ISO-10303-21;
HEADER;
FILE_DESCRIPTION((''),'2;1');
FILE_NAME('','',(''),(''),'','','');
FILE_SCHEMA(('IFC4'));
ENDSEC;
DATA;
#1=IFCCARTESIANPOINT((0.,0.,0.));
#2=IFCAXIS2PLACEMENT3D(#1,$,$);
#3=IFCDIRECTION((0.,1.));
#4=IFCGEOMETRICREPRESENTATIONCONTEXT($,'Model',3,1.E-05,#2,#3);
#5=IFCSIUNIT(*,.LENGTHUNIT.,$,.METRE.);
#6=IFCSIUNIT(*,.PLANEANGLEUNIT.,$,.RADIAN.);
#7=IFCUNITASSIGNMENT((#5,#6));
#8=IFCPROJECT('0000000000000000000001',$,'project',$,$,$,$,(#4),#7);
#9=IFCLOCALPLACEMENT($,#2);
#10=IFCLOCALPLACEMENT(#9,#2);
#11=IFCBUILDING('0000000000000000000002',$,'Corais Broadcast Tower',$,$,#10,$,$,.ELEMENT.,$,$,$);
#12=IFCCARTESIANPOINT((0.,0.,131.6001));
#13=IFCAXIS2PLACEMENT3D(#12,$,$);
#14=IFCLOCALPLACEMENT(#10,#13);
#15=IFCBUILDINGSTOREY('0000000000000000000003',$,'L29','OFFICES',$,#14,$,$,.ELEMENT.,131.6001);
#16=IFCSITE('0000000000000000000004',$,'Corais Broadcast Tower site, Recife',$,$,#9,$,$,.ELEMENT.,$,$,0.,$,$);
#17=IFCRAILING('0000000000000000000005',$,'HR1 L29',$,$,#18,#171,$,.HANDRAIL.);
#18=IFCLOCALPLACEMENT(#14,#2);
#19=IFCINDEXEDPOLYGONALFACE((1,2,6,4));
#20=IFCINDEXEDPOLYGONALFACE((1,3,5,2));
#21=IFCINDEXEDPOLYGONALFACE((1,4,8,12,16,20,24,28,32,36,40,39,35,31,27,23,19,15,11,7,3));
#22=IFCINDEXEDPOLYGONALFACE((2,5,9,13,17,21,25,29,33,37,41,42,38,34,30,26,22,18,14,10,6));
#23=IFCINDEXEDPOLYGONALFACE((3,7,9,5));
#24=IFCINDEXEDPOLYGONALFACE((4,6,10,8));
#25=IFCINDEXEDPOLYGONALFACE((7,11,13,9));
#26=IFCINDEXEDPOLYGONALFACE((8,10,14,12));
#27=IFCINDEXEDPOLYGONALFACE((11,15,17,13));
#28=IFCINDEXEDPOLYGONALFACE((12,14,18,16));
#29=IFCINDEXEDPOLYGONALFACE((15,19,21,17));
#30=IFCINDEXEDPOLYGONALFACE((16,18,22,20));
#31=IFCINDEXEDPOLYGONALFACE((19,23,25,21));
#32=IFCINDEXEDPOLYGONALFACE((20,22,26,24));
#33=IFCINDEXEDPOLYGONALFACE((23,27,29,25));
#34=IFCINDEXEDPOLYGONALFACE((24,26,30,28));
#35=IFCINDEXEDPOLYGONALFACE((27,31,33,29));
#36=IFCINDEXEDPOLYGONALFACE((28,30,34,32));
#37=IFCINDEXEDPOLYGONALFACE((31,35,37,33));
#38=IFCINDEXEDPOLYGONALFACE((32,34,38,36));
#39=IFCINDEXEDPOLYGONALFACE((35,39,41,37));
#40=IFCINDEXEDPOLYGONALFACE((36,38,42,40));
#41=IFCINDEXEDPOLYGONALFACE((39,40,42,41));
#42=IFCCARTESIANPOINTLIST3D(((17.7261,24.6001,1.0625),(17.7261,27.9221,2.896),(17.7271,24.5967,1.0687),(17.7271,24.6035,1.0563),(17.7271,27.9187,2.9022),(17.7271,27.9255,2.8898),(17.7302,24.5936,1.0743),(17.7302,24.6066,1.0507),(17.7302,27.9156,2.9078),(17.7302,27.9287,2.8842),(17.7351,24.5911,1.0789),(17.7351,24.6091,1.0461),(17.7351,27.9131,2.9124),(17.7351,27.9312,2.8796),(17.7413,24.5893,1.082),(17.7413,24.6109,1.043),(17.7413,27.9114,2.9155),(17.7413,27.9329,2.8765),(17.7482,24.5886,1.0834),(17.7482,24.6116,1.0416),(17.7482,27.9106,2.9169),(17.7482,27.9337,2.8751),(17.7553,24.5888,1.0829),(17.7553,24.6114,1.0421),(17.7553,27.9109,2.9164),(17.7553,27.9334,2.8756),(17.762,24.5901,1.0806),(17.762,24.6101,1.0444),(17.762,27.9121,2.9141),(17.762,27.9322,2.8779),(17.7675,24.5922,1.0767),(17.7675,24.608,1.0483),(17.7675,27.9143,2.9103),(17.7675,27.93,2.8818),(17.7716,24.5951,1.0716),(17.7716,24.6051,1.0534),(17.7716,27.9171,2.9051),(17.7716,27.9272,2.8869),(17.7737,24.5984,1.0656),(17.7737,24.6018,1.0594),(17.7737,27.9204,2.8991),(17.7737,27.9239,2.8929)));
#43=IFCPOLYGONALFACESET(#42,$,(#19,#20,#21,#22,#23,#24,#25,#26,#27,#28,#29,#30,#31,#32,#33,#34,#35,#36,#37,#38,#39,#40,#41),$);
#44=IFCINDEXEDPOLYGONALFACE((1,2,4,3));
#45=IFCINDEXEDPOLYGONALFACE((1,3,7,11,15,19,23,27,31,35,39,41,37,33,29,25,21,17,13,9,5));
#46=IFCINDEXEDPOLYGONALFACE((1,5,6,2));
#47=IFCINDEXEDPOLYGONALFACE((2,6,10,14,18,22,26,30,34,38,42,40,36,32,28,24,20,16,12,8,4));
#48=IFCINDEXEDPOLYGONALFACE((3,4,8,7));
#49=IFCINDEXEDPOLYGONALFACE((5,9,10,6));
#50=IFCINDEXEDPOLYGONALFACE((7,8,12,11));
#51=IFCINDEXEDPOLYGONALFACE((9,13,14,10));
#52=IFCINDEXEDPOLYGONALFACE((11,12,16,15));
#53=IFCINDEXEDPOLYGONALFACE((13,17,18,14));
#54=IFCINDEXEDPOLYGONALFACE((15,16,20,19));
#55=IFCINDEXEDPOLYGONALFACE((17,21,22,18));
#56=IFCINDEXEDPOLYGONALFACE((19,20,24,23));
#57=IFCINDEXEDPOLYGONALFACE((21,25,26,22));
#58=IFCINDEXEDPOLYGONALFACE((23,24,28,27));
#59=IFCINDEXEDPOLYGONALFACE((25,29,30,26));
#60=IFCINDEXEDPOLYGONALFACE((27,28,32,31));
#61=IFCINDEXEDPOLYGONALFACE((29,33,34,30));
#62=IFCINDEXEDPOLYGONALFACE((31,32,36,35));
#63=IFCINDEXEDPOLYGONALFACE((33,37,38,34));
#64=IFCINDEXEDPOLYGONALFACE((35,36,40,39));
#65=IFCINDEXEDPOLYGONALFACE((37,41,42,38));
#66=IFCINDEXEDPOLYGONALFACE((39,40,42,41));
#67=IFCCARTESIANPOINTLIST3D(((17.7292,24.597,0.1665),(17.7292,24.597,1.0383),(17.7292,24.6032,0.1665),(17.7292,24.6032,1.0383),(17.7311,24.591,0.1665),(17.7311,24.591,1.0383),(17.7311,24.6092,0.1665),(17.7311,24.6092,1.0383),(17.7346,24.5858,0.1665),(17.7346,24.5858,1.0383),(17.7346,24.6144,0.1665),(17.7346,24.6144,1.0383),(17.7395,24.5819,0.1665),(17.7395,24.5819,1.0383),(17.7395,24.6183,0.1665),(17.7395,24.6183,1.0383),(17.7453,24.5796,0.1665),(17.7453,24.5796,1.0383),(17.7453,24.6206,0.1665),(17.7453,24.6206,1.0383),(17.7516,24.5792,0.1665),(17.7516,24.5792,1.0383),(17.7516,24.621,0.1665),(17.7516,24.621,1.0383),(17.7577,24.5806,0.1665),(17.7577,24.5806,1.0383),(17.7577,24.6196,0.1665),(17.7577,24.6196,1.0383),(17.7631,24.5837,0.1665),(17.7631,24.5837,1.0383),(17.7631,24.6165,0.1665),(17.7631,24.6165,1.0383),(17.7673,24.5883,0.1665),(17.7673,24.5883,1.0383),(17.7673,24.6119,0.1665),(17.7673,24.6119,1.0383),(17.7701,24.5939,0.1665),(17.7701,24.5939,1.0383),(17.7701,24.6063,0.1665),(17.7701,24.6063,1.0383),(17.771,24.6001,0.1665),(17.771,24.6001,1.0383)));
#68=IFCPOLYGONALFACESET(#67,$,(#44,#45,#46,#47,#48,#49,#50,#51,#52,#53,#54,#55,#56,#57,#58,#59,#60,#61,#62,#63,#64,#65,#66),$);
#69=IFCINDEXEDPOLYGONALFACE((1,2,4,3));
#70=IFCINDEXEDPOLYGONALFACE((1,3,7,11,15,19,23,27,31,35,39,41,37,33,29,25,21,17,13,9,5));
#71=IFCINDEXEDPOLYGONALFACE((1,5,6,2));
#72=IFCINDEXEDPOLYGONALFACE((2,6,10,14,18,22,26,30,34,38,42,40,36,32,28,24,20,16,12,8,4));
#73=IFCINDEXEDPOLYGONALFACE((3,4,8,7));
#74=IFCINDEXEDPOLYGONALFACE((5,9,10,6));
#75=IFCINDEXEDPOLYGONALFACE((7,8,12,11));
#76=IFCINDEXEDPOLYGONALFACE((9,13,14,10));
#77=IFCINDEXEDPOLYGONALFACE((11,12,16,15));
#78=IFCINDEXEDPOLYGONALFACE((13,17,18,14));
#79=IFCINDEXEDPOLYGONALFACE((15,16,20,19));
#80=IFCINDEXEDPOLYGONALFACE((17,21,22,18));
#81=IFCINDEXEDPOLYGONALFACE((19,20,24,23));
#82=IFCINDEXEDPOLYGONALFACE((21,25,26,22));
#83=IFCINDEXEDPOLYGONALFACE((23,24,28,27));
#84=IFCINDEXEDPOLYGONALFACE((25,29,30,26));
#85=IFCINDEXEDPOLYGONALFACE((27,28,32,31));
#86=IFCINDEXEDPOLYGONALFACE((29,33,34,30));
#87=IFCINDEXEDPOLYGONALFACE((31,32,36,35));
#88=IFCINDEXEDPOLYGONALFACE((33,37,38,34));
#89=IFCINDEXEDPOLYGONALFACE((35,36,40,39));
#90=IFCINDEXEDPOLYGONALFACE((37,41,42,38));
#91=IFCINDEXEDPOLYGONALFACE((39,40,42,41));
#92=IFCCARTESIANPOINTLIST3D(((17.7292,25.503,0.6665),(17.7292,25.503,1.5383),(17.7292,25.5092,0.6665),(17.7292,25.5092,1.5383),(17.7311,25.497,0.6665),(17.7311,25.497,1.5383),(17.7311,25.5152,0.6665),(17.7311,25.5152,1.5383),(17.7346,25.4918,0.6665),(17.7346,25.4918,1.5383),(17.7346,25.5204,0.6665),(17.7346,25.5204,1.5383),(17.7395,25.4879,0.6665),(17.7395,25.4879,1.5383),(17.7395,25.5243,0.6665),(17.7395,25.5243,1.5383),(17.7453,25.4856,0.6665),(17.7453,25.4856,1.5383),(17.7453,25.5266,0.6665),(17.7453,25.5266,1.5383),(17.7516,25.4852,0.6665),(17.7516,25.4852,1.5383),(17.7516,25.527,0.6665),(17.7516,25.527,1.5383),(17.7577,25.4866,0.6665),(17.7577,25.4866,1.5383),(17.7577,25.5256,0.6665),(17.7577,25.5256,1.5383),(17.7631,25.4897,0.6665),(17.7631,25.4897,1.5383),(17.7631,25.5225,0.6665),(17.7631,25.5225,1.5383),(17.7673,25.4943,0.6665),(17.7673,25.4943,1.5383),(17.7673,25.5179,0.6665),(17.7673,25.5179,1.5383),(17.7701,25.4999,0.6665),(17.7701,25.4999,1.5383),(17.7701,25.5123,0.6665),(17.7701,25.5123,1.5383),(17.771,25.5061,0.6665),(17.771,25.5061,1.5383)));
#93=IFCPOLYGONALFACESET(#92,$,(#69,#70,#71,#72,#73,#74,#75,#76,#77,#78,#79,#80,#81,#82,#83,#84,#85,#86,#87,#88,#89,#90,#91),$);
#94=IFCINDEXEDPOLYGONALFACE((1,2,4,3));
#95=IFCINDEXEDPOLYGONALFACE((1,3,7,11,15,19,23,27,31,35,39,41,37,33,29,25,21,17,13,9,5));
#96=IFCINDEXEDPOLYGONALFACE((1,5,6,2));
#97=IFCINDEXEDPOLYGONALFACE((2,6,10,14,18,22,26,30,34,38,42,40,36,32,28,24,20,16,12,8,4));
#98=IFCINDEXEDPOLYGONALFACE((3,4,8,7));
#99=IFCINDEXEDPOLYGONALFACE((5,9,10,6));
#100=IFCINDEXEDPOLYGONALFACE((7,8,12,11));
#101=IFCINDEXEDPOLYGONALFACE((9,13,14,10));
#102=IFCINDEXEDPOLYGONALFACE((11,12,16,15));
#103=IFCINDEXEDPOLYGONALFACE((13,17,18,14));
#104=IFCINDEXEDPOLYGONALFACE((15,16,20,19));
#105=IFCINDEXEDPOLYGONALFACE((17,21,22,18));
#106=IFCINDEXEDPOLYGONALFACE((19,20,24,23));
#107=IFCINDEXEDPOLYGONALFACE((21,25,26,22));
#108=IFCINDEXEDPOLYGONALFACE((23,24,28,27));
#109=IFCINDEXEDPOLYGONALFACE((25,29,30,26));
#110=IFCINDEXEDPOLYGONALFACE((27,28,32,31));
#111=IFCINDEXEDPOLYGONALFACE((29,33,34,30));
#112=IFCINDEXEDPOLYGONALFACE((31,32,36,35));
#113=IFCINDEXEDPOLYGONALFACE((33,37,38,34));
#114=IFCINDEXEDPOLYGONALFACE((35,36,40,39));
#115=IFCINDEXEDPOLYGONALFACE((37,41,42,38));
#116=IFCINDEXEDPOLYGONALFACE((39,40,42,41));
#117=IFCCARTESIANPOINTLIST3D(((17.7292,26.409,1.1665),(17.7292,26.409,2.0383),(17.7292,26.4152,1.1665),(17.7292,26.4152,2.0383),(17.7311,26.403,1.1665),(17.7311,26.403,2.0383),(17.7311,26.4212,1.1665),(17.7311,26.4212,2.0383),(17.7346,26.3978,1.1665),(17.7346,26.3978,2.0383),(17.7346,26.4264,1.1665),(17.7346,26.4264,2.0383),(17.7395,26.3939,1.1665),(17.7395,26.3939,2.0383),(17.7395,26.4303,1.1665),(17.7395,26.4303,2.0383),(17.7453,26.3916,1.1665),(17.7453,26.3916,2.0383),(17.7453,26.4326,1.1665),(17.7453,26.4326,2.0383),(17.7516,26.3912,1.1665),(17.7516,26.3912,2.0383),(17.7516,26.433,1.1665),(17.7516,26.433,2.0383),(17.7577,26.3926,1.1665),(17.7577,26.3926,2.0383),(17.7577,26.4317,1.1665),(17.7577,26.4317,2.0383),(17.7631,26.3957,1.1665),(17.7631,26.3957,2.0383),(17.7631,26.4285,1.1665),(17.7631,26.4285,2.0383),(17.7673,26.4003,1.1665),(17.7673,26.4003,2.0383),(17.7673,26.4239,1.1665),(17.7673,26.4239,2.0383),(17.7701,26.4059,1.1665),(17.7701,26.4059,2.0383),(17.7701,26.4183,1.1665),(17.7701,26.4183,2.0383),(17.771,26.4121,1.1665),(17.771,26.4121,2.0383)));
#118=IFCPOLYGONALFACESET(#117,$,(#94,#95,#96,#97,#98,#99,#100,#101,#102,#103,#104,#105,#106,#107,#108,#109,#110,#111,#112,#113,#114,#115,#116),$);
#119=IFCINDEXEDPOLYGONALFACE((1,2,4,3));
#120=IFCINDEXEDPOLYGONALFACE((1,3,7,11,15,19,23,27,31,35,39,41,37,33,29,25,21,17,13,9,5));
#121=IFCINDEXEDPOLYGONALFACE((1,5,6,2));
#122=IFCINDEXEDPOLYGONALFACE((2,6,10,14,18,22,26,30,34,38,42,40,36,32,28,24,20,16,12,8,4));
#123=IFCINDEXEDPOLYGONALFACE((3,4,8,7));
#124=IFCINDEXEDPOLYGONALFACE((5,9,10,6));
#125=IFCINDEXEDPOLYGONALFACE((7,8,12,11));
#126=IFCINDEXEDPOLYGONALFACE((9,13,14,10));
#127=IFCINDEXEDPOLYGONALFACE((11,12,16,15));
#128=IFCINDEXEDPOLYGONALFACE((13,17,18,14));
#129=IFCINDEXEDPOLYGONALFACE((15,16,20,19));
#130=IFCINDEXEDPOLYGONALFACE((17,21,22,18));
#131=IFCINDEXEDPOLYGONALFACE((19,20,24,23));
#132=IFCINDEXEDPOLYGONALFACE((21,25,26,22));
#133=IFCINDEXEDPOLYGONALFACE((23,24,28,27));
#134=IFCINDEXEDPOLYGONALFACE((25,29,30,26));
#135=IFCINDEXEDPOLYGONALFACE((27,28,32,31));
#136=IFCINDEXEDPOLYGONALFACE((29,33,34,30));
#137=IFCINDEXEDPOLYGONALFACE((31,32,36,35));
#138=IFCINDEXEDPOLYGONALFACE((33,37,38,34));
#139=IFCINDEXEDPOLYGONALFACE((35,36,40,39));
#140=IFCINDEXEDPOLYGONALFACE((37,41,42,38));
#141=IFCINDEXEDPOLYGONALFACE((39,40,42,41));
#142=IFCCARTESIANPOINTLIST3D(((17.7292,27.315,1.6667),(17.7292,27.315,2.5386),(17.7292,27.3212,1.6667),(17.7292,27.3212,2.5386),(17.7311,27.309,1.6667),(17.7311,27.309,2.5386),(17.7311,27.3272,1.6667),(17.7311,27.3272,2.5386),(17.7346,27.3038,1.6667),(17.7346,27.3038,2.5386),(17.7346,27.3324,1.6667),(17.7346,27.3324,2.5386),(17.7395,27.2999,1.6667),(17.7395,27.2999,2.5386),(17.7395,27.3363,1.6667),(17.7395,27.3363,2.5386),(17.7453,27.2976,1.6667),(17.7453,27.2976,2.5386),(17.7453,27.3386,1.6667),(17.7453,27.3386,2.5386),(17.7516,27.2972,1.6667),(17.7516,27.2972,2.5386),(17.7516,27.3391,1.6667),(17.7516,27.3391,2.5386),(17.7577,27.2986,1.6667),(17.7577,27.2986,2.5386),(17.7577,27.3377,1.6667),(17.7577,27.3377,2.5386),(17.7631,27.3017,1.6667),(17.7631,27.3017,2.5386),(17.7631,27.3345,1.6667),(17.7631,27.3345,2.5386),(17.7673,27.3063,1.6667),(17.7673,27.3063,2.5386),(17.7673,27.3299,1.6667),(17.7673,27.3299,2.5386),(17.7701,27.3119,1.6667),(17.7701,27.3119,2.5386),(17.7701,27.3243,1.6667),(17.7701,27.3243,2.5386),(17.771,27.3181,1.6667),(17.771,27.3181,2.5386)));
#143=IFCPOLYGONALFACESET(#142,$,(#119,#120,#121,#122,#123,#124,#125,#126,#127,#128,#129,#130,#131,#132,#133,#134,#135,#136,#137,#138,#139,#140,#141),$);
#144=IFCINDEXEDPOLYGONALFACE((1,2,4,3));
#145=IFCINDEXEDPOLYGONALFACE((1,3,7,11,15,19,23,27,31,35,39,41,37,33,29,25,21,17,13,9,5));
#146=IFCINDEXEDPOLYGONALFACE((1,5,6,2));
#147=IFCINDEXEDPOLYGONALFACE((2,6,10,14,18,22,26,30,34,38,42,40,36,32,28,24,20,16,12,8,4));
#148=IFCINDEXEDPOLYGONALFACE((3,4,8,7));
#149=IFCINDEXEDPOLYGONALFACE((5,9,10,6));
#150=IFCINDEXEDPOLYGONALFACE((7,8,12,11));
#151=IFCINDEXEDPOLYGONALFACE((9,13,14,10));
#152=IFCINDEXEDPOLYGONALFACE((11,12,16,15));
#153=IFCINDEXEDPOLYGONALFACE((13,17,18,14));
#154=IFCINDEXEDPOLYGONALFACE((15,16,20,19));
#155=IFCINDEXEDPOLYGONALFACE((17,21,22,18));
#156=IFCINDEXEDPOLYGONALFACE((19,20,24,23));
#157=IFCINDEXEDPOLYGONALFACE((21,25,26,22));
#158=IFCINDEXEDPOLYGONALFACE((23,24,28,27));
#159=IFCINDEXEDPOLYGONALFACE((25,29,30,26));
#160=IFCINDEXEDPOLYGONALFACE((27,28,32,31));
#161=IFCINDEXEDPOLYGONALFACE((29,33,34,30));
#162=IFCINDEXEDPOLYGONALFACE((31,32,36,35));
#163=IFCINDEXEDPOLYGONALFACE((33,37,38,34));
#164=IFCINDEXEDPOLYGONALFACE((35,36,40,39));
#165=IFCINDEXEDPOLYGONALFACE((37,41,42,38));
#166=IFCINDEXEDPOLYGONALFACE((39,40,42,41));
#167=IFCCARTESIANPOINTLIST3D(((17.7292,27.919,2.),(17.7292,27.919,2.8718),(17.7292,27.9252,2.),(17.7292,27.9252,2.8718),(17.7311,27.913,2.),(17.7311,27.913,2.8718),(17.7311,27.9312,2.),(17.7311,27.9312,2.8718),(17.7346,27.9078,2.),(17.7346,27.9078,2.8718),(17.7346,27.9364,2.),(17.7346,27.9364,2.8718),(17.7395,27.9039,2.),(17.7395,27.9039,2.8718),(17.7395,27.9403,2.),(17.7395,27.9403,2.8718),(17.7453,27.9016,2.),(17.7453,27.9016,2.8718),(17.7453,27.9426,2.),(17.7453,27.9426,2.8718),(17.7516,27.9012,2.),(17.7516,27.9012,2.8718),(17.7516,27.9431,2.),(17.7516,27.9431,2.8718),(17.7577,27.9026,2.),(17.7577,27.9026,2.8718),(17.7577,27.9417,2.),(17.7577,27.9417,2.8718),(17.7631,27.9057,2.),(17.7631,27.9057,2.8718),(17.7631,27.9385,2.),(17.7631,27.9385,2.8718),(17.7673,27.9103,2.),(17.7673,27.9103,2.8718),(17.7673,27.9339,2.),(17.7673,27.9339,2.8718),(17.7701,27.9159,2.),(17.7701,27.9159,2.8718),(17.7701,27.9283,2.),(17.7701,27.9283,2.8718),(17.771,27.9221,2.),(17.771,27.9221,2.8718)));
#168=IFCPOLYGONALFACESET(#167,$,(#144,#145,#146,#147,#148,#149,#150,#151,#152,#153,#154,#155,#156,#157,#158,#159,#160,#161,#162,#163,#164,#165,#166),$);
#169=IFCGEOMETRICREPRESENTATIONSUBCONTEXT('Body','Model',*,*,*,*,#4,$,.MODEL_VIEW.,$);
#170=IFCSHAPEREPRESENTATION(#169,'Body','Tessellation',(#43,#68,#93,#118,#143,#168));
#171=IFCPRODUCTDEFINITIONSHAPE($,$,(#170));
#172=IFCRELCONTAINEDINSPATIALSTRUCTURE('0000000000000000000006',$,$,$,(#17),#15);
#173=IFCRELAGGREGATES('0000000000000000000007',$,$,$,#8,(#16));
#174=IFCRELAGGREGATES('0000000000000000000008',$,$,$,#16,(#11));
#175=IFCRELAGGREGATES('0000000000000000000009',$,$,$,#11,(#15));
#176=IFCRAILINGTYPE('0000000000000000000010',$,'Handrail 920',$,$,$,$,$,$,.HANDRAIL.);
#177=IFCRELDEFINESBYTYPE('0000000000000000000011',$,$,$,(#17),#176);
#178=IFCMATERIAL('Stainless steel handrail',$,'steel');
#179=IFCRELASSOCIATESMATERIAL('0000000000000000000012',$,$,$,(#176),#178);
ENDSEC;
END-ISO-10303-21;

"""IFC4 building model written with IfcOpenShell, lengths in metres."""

from ifc_helpers import new_model, si_unit, direction, frame, origin, origin_2d, place, context, subcontext, project, spatial, circle, extrude, material, type_object, element, save


model = new_model("IFC4")

# Units and contexts
model_context = context("Model", 3, precision=1e-05, world=origin(), true_north=direction((0.0, 1.0)))
body_context = subcontext(model_context, "Body", "Model", "MODEL_VIEW")
ifc_project = project(units=[si_unit("LENGTHUNIT", "METRE"), si_unit("PLANEANGLEUNIT", "RADIAN")], contexts=[model_context])

# Site, building, storey
site_placement = place(None, origin())
site = spatial("IfcSite", under=ifc_project, at=site_placement, Name="Corais Broadcast Tower site, Recife", CompositionType="ELEMENT", RefElevation=0.0)
building_placement = place(site_placement, origin())
building = spatial("IfcBuilding", under=site, at=building_placement, Name="Corais Broadcast Tower", CompositionType="ELEMENT")
storey_placement = place(building_placement, frame((0.0, 0.0, 131.6001)))
storey = spatial("IfcBuildingStorey", under=building, at=storey_placement, Name="L29", Description="OFFICES", CompositionType="ELEMENT", Elevation=131.6001)

# Railing
ifc_material_1 = material(Name="Stainless steel handrail", Category="steel")
railing_type = type_object("IfcRailingType", Name="Handrail 920", PredefinedType="HANDRAIL", material=ifc_material_1)
for number, where, name in (
    (1, (17.75, 24.6001, 0.1665), "HR1 L29"),
):
    element("IfcRailing", number, at=place(storey_placement, frame(where)), inside=storey, type_object=railing_type, Name=name, PredefinedType="HANDRAIL", context=body_context, shape_type="SweptSolid", body=[
        extrude(circle(Radius=0.0239, at=origin_2d()), frame((0.0, 0.0, 0.896), z_axis=(0.0, 0.875504, 0.48321), x_axis=(-1.0, 0.0, 0.0)), (0.0, 0.0, 1.0), 3.7944),
        extrude(circle(Radius=0.021, at=origin_2d()), origin(), (0.0, 0.0, 1.0), 0.8718),
        extrude(circle(Radius=0.021, at=origin_2d()), frame((0.0, 0.906, 0.5)), (0.0, 0.0, 1.0), 0.8718),
        extrude(circle(Radius=0.021, at=origin_2d()), frame((0.0, 1.812, 1.0)), (0.0, 0.0, 1.0), 0.8718),
        extrude(circle(Radius=0.021, at=origin_2d()), frame((0.0, 2.718, 1.5002)), (0.0, 0.0, 1.0), 0.8718),
        extrude(circle(Radius=0.021, at=origin_2d()), frame((0.0, 3.322, 1.8335)), (0.0, 0.0, 1.0), 0.8718),
    ])

save(model, "model.ifc")
